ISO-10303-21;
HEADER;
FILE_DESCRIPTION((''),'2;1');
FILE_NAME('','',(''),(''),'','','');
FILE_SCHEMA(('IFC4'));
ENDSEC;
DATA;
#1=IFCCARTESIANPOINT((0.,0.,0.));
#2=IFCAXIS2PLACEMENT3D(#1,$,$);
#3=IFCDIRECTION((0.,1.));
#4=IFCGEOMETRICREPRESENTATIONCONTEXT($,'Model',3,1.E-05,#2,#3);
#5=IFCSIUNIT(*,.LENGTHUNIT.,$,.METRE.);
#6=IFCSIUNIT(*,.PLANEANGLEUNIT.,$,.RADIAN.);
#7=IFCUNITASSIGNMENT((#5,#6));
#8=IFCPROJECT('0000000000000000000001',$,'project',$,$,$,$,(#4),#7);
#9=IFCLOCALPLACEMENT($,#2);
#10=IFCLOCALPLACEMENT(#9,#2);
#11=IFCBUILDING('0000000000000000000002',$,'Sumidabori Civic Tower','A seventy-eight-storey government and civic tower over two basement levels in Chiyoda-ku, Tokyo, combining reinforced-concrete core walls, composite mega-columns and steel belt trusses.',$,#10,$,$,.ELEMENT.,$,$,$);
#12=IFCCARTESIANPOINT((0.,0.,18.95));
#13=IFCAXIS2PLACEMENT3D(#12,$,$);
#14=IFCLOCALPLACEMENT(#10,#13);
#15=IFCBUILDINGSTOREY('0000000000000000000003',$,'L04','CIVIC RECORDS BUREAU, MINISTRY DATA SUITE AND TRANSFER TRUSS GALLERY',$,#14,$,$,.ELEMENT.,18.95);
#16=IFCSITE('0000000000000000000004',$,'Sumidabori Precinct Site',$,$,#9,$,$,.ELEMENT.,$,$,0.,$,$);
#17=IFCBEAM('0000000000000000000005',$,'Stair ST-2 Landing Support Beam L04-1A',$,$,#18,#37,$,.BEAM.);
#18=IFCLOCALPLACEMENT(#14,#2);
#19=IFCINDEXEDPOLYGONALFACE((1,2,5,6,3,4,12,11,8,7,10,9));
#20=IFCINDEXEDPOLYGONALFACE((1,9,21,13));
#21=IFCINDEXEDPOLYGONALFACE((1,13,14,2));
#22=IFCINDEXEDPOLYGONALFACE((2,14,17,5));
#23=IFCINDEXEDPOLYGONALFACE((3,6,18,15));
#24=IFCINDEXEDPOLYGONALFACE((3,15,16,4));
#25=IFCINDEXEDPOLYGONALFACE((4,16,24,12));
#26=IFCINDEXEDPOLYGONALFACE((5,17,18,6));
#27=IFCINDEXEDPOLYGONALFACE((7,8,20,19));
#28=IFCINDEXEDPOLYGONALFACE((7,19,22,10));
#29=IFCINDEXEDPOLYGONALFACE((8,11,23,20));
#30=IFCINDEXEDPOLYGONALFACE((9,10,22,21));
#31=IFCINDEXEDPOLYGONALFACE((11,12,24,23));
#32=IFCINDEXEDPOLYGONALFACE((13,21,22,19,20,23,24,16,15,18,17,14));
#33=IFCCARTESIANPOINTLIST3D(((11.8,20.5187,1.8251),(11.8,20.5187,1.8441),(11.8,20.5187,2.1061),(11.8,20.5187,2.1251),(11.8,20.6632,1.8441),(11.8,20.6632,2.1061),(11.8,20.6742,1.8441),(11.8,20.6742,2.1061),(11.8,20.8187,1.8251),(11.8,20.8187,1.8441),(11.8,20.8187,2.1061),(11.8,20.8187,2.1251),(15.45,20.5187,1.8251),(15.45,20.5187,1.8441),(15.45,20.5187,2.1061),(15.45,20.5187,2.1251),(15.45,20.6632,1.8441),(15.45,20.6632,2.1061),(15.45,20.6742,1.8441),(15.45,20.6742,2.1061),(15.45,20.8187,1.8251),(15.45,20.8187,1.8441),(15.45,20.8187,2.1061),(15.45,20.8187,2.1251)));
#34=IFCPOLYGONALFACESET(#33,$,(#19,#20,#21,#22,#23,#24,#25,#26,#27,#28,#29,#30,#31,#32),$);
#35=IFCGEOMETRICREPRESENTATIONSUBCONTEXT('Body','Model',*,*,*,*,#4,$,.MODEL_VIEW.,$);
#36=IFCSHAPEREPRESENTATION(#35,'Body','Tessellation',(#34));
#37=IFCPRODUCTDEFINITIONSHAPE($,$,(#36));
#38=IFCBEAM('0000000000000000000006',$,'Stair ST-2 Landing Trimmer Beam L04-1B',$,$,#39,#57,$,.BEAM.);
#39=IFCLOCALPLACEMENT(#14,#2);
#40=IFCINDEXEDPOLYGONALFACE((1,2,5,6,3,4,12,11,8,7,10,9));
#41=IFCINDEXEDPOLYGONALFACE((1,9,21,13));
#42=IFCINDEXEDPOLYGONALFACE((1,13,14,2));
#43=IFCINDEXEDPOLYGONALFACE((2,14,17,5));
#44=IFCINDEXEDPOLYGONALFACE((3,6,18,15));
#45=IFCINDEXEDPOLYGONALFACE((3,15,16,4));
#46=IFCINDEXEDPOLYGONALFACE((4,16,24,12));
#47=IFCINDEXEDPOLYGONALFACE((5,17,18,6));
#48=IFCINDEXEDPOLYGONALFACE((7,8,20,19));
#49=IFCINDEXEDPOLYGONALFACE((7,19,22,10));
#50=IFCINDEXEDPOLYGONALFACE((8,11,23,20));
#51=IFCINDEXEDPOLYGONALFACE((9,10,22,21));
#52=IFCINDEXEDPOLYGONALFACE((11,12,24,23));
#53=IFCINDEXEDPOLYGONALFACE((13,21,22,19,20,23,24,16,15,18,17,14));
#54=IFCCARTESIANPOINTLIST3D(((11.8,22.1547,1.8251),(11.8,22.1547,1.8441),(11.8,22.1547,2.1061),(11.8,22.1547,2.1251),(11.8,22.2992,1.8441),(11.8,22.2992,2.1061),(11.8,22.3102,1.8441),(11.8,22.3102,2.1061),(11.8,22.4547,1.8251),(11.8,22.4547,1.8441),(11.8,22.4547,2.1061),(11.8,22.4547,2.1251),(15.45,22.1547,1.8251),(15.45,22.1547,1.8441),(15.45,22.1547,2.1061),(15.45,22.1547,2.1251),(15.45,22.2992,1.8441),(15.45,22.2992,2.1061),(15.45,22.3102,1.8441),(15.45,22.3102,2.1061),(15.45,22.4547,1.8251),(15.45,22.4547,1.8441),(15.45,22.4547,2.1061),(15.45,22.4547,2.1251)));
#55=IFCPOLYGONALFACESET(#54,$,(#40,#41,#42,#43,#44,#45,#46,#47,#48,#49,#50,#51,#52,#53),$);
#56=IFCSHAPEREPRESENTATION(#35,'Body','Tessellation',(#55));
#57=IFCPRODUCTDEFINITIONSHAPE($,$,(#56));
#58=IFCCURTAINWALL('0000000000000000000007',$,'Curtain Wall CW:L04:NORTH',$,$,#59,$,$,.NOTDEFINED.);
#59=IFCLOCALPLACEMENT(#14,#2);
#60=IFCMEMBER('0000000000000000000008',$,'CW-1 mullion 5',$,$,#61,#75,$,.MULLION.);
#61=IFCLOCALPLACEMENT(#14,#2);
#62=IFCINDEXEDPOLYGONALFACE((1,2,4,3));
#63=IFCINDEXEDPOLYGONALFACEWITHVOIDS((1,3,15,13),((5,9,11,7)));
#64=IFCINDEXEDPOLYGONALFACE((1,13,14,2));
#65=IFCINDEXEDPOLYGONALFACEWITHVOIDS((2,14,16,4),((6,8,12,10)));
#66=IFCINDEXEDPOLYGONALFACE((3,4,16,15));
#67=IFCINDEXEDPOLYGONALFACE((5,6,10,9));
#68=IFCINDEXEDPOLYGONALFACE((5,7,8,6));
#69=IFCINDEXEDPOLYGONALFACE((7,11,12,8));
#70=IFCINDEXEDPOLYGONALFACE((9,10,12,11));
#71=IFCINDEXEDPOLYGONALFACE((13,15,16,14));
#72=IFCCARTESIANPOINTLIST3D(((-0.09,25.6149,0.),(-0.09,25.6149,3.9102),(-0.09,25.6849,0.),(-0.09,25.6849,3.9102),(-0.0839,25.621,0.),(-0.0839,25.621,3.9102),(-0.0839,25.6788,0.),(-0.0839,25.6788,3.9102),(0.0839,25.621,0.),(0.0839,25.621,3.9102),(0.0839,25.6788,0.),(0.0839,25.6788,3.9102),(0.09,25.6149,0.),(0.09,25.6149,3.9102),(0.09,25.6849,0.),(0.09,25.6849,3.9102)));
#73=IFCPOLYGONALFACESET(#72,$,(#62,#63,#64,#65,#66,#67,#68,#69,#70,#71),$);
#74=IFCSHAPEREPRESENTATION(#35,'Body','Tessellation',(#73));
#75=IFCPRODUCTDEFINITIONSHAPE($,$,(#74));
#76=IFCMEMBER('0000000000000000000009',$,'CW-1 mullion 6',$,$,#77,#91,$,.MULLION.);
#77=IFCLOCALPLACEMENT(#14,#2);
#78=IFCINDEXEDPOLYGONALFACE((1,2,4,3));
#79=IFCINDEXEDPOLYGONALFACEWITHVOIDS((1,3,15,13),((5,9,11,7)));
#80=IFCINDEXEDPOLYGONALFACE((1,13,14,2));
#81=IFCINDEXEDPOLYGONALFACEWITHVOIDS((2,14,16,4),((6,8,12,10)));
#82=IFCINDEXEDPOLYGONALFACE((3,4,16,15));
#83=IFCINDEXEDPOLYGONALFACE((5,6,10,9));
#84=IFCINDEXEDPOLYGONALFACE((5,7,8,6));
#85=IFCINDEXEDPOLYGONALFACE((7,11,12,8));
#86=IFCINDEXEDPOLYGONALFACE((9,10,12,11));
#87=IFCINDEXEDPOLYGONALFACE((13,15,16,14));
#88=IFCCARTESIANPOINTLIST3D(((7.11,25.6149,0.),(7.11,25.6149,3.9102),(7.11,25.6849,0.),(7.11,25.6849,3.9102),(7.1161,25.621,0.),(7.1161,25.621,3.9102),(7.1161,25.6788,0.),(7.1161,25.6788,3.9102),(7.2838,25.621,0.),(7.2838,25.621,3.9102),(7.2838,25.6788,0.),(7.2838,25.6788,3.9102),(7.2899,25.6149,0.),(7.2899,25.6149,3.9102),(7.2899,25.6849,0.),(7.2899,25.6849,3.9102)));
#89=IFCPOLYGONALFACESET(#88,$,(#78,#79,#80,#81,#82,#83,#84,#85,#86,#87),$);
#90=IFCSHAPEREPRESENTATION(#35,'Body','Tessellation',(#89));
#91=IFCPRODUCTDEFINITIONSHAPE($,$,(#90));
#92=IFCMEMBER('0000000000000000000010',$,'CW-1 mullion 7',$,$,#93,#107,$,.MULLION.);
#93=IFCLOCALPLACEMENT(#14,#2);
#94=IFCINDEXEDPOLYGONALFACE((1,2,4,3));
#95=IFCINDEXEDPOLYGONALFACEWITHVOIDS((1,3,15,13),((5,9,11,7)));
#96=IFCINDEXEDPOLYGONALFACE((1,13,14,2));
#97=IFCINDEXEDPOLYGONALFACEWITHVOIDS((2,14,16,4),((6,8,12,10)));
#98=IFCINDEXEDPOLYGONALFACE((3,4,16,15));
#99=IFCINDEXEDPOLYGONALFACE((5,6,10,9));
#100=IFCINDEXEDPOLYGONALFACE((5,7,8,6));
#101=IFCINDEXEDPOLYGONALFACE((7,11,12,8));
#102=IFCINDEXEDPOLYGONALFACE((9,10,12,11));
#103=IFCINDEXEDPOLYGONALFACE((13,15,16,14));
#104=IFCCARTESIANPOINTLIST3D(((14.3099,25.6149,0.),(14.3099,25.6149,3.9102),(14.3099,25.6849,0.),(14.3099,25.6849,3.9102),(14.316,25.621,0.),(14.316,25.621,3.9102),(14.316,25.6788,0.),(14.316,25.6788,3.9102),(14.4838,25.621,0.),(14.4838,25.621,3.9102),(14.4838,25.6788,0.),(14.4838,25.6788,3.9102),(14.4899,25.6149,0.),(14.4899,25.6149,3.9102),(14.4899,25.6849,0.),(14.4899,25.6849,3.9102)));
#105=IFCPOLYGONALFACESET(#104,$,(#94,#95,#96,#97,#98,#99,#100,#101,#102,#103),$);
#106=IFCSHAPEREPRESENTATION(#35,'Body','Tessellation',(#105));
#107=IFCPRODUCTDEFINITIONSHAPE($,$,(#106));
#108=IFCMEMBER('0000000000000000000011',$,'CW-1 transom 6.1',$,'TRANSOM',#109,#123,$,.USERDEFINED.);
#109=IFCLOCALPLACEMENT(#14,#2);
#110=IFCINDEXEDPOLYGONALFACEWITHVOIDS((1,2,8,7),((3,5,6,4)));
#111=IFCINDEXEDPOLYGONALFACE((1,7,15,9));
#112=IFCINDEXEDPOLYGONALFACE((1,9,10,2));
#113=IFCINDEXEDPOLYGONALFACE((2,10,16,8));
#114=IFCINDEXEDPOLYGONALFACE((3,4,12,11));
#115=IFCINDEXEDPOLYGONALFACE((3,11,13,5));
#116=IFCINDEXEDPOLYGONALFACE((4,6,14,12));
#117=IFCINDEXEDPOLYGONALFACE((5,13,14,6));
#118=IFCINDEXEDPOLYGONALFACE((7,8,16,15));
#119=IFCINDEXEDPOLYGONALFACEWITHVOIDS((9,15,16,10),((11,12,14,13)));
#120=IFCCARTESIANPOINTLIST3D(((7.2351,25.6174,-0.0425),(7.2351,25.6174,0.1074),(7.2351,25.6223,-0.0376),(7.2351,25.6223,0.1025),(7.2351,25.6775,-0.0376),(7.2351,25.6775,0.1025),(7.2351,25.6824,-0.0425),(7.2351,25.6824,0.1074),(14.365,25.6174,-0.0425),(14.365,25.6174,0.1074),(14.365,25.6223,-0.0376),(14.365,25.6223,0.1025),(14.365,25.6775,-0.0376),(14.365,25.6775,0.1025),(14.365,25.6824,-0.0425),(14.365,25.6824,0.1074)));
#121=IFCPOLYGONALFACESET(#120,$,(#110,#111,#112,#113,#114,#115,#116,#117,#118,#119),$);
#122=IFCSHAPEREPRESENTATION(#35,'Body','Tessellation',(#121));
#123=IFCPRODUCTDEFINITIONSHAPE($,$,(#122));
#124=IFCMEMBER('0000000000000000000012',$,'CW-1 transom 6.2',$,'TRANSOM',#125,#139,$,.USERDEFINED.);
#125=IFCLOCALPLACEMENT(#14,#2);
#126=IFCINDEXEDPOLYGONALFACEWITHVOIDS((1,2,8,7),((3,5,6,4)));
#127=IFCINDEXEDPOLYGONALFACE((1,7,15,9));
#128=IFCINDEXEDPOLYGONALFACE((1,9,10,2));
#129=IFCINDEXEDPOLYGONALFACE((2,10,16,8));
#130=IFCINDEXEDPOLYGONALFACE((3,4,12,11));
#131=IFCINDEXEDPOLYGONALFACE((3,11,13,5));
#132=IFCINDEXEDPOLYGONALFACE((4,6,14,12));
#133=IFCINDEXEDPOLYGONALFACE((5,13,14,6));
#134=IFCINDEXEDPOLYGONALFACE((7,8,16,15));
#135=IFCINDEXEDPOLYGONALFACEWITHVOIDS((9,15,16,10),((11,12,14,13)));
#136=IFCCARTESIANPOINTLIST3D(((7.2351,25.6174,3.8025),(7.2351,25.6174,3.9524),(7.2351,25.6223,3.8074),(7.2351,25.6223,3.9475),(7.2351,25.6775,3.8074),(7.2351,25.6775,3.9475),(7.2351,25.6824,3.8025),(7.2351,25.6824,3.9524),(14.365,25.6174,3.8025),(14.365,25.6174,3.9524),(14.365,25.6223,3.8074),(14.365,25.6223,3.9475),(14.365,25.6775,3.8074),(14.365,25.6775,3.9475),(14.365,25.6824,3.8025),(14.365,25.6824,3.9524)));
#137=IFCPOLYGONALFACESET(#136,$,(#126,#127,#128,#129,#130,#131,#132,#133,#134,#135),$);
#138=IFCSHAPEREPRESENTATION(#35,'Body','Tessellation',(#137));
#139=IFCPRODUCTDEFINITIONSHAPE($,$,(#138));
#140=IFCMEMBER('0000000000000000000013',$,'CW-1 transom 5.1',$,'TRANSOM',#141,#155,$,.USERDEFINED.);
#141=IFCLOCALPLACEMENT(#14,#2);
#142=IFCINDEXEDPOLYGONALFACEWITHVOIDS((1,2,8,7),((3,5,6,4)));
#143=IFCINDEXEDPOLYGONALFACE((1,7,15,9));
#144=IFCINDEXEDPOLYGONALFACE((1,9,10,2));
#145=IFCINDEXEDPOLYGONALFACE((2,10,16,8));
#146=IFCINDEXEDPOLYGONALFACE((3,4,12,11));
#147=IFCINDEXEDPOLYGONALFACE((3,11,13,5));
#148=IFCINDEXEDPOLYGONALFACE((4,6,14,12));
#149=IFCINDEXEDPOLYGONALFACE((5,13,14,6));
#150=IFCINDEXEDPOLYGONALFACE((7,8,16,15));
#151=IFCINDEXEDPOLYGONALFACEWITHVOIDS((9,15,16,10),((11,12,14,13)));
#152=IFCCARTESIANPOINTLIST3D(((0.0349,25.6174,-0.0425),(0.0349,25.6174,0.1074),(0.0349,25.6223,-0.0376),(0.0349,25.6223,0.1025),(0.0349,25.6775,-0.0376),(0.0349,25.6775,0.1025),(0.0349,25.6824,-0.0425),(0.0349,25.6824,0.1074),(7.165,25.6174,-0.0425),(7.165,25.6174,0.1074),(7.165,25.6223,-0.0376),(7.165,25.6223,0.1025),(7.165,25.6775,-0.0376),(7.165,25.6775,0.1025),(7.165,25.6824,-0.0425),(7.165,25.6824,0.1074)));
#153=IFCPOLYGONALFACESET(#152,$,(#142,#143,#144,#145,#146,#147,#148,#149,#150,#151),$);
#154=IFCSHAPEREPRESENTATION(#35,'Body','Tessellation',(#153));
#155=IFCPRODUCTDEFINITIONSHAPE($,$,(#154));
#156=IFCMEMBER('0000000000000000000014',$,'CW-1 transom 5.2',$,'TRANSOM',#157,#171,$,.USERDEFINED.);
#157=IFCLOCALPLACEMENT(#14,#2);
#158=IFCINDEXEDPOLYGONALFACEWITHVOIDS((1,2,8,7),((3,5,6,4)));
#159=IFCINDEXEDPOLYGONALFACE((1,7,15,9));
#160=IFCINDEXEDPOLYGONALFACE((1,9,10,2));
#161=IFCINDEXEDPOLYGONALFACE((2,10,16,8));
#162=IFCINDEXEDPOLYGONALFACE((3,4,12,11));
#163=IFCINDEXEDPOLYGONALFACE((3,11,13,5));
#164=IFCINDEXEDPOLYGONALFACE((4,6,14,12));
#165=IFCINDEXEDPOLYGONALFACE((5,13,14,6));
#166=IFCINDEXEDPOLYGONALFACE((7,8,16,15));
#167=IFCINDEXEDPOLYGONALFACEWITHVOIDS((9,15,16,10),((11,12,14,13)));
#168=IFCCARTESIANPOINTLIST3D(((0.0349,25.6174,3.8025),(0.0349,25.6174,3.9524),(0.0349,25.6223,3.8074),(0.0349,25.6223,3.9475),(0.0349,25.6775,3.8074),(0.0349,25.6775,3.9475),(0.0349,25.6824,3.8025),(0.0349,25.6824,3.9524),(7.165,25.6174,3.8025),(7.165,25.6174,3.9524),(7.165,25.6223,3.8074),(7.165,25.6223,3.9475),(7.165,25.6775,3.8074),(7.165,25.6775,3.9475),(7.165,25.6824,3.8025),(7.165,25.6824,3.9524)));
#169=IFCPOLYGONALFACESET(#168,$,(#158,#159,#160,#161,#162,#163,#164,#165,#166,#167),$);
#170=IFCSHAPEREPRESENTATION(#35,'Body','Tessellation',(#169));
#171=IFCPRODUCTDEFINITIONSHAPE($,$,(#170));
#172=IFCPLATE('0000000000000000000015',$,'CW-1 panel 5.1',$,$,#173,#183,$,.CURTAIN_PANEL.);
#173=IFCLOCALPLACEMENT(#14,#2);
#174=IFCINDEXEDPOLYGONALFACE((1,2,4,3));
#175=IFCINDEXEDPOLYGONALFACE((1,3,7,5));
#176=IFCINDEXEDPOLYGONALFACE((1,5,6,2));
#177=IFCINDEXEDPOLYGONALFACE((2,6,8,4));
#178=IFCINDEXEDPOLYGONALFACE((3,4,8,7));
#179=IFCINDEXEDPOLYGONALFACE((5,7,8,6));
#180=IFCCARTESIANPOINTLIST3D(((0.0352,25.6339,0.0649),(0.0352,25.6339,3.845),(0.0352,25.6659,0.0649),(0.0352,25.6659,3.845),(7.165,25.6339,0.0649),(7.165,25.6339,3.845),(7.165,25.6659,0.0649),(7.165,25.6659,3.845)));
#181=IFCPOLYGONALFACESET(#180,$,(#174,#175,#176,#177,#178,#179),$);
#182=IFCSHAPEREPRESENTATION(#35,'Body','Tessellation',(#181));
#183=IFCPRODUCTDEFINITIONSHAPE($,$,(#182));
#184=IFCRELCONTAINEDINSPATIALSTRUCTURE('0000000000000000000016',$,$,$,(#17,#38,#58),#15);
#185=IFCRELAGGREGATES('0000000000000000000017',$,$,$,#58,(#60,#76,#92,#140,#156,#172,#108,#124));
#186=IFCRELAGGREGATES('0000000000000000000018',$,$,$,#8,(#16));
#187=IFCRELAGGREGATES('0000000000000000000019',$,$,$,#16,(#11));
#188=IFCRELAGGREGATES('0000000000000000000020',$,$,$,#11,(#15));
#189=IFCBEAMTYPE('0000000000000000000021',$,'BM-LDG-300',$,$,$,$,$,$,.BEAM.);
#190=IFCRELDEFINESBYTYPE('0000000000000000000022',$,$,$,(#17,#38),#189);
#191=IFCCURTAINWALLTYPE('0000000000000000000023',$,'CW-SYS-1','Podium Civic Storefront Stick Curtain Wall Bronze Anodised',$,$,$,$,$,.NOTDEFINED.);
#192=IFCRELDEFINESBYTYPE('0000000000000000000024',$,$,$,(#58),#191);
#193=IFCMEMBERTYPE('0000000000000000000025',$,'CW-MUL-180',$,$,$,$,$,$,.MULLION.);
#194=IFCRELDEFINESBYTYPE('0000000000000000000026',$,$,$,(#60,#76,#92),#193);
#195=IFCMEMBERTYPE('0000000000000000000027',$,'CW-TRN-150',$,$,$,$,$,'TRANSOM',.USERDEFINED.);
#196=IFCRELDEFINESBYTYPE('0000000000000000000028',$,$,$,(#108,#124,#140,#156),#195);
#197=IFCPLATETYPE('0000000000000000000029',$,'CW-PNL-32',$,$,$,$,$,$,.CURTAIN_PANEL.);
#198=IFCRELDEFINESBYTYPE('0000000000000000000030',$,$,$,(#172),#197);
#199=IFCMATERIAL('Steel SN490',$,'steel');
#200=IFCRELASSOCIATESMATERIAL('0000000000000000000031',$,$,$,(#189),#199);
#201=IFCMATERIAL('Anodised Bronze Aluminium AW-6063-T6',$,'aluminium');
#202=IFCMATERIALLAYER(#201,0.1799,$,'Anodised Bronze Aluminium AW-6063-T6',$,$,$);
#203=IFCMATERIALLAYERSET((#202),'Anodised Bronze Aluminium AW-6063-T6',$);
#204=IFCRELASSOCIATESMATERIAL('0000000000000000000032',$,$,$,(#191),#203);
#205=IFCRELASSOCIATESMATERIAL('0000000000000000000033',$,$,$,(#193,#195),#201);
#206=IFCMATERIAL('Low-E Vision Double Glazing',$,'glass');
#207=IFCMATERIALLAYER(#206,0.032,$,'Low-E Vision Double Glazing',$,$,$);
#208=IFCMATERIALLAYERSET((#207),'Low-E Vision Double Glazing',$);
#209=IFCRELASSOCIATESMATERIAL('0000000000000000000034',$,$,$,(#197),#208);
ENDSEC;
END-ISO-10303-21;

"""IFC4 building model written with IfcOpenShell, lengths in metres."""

from ifc_helpers import new_model, si_unit, direction, frame, origin, origin_2d, place, context, subcontext, project, spatial, rectangle, hollow_rectangle, i_section, extrude, source, transform, mapped, material, layer, layer_set, material_profile, profile_set, type_object, element, aggregate, save


model = new_model("IFC4")

# Units and contexts
model_context = context("Model", 3, precision=1e-05, world=origin(), true_north=direction((0.0, 1.0)))
body_context = subcontext(model_context, "Body", "Model", "MODEL_VIEW")
ifc_project = project(units=[si_unit("LENGTHUNIT", "METRE"), si_unit("PLANEANGLEUNIT", "RADIAN")], contexts=[model_context])

# Site, building, storey
site_placement = place(None, origin())
site = spatial("IfcSite", under=ifc_project, at=site_placement, Name="Sumidabori Precinct Site", CompositionType="ELEMENT", RefElevation=0.0)
building_placement = place(site_placement, origin())
building = spatial("IfcBuilding", under=site, at=building_placement, Name="Sumidabori Civic Tower", Description="A seventy-eight-storey government and civic tower over two basement levels in Chiyoda-ku, Tokyo, combining reinforced-concrete core walls, composite mega-columns and steel belt trusses.", CompositionType="ELEMENT")
storey_placement = place(building_placement, frame((0.0, 0.0, 18.95)))
storey = spatial("IfcBuildingStorey", under=building, at=storey_placement, Name="L04", Description="CIVIC RECORDS BUREAU, MINISTRY DATA SUITE AND TRANSFER TRUSS GALLERY", CompositionType="ELEMENT", Elevation=18.95)

# Beams
ifc_material_1 = material(Name="Steel SN490", Category="steel")
ifc_material_profile_1 = material_profile(ifc_material_1, i_section(OverallWidth=0.3, OverallDepth=0.3, WebThickness=0.011, FlangeThickness=0.019, at=origin_2d()), Name="HE 300 B")
ifc_profile_set_1 = profile_set([ifc_material_profile_1], Name="Steel SN490")
beam_type = type_object("IfcBeamType", Name="BM-LDG-300", PredefinedType="BEAM", material=ifc_profile_set_1)
shared_shape_1 = source(origin(), body_context, "Body", "SweptSolid", [
    extrude(i_section(OverallWidth=0.3, OverallDepth=0.3, WebThickness=0.011, FlangeThickness=0.019, at=origin_2d()), origin(), (0.0, 0.0, 1.0), 3.6499),
])
for number, where, z_axis, x_axis, name in (
    (1, (11.8, 20.6687, 1.9751), (1.0, 0.0, 0.0), (0.0, 1.0, 0.0), "Stair ST-2 Landing Support Beam L04-1A"),
    (2, (11.8, 22.3047, 1.9751), (1.0, 0.0, 0.0), (0.0, 1.0, 0.0), "Stair ST-2 Landing Trimmer Beam L04-1B"),
):
    element("IfcBeam", number, at=place(storey_placement, frame(where, z_axis=z_axis, x_axis=x_axis)), inside=storey, type_object=beam_type, Name=name, PredefinedType="BEAM", context=body_context, shape_type="MappedRepresentation", body=[
        mapped(shared_shape_1, transform((0.0, 0.0, 0.0), x_axis=(1.0, 0.0, 0.0), y_axis=(0.0, 1.0, 0.0), z_axis=(0.0, 0.0, 1.0), scale=1.0)),
    ])

# Curtain wall, members, plate
ifc_material_2 = material(Name="Anodised Bronze Aluminium AW-6063-T6", Category="aluminium")
ifc_layer_1 = layer(ifc_material_2, 0.1799, Name="Anodised Bronze Aluminium AW-6063-T6")
ifc_layer_set_1 = layer_set([ifc_layer_1], Name="Anodised Bronze Aluminium AW-6063-T6")
curtain_wall_type = type_object("IfcCurtainWallType", Name="CW-SYS-1", Description="Podium Civic Storefront Stick Curtain Wall Bronze Anodised", PredefinedType="NOTDEFINED", material=ifc_layer_set_1)
curtain_wall_placement = place(storey_placement, origin())
curtain_wall = element("IfcCurtainWall", 3, at=curtain_wall_placement, inside=storey, type_object=curtain_wall_type, Name="Curtain Wall CW:L04:NORTH", PredefinedType="NOTDEFINED")
ifc_material_profile_2 = material_profile(ifc_material_2, hollow_rectangle(XDim=0.0701, YDim=0.1799, WallThickness=0.0061, at=origin_2d()), Name="ALU MULLION 180x70")
ifc_profile_set_2 = profile_set([ifc_material_profile_2], Name="Anodised Bronze Aluminium AW-6063-T6")
member_type_1 = type_object("IfcMemberType", Name="CW-MUL-180", PredefinedType="MULLION", material=ifc_profile_set_2)
shared_shape_2 = source(origin(), body_context, "Body", "SweptSolid", [
    extrude(hollow_rectangle(XDim=0.0701, YDim=0.1799, WallThickness=0.0061, at=origin_2d()), origin(), (0.0, 0.0, 1.0), 3.9102),
])
member_1_placement = place(storey_placement, frame((0.0, 25.6499, 0.0), z_axis=(0.0, 0.0, 1.0), x_axis=(0.0, 1.0, 0.0)))
member_1 = element("IfcMember", 4, at=member_1_placement, type_object=member_type_1, Name="CW-1 mullion 5", PredefinedType="MULLION", context=body_context, shape_type="MappedRepresentation", body=[
    mapped(shared_shape_2, transform((0.0, 0.0, 0.0), x_axis=(1.0, 0.0, 0.0), y_axis=(0.0, 1.0, 0.0), z_axis=(0.0, 0.0, 1.0), scale=1.0)),
])
member_2_placement = place(storey_placement, frame((7.2, 25.6499, 0.0), z_axis=(0.0, 0.0, 1.0), x_axis=(0.0, 1.0, 0.0)))
member_2 = element("IfcMember", 5, at=member_2_placement, type_object=member_type_1, Name="CW-1 mullion 6", PredefinedType="MULLION", context=body_context, shape_type="MappedRepresentation", body=[
    mapped(shared_shape_2, transform((0.0, 0.0, 0.0), x_axis=(1.0, 0.0, 0.0), y_axis=(0.0, 1.0, 0.0), z_axis=(0.0, 0.0, 1.0), scale=1.0)),
])
member_3_placement = place(storey_placement, frame((14.3999, 25.6499, 0.0), z_axis=(0.0, 0.0, 1.0), x_axis=(0.0, 1.0, 0.0)))
member_3 = element("IfcMember", 6, at=member_3_placement, type_object=member_type_1, Name="CW-1 mullion 7", PredefinedType="MULLION", context=body_context, shape_type="MappedRepresentation", body=[
    mapped(shared_shape_2, transform((0.0, 0.0, 0.0), x_axis=(1.0, 0.0, 0.0), y_axis=(0.0, 1.0, 0.0), z_axis=(0.0, 0.0, 1.0), scale=1.0)),
])
ifc_material_profile_3 = material_profile(ifc_material_2, hollow_rectangle(XDim=0.0649, YDim=0.1499, WallThickness=0.0049, at=origin_2d()), Name="ALU TRANSOM 150x65")
ifc_profile_set_3 = profile_set([ifc_material_profile_3], Name="Anodised Bronze Aluminium AW-6063-T6")
member_type_2 = type_object("IfcMemberType", Name="CW-TRN-150", ElementType="TRANSOM", PredefinedType="USERDEFINED", material=ifc_profile_set_3)
shared_shape_3 = source(origin(), body_context, "Body", "SweptSolid", [
    extrude(hollow_rectangle(XDim=0.0649, YDim=0.1499, WallThickness=0.0049, at=origin_2d()), origin(), (0.0, 0.0, 1.0), 7.1299),
])
member_4_placement = place(storey_placement, frame((7.2351, 25.6499, 0.0325), z_axis=(1.0, 0.0, 0.0), x_axis=(0.0, 1.0, 0.0)))
member_4 = element("IfcMember", 7, at=member_4_placement, type_object=member_type_2, Name="CW-1 transom 6.1", ObjectType="TRANSOM", PredefinedType="USERDEFINED", context=body_context, shape_type="MappedRepresentation", body=[
    mapped(shared_shape_3, transform((0.0, 0.0, 0.0), x_axis=(1.0, 0.0, 0.0), y_axis=(0.0, 1.0, 0.0), z_axis=(0.0, 0.0, 1.0), scale=1.0)),
])
member_5_placement = place(storey_placement, frame((7.2351, 25.6499, 3.8774), z_axis=(1.0, 0.0, 0.0), x_axis=(0.0, 1.0, 0.0)))
member_5 = element("IfcMember", 8, at=member_5_placement, type_object=member_type_2, Name="CW-1 transom 6.2", ObjectType="TRANSOM", PredefinedType="USERDEFINED", context=body_context, shape_type="MappedRepresentation", body=[
    mapped(shared_shape_3, transform((0.0, 0.0, 0.0), x_axis=(1.0, 0.0, 0.0), y_axis=(0.0, 1.0, 0.0), z_axis=(0.0, 0.0, 1.0), scale=1.0)),
])
shared_shape_4 = source(origin(), body_context, "Body", "SweptSolid", [
    extrude(hollow_rectangle(XDim=0.0649, YDim=0.1499, WallThickness=0.0049, at=origin_2d()), origin(), (0.0, 0.0, 1.0), 7.1301),
])
member_6_placement = place(storey_placement, frame((0.0349, 25.6499, 0.0325), z_axis=(1.0, 0.0, 0.0), x_axis=(0.0, 1.0, 0.0)))
member_6 = element("IfcMember", 9, at=member_6_placement, type_object=member_type_2, Name="CW-1 transom 5.1", ObjectType="TRANSOM", PredefinedType="USERDEFINED", context=body_context, shape_type="MappedRepresentation", body=[
    mapped(shared_shape_4, transform((0.0, 0.0, 0.0), x_axis=(1.0, 0.0, 0.0), y_axis=(0.0, 1.0, 0.0), z_axis=(0.0, 0.0, 1.0), scale=1.0)),
])
member_7_placement = place(storey_placement, frame((0.0349, 25.6499, 3.8774), z_axis=(1.0, 0.0, 0.0), x_axis=(0.0, 1.0, 0.0)))
member_7 = element("IfcMember", 10, at=member_7_placement, type_object=member_type_2, Name="CW-1 transom 5.2", ObjectType="TRANSOM", PredefinedType="USERDEFINED", context=body_context, shape_type="MappedRepresentation", body=[
    mapped(shared_shape_4, transform((0.0, 0.0, 0.0), x_axis=(1.0, 0.0, 0.0), y_axis=(0.0, 1.0, 0.0), z_axis=(0.0, 0.0, 1.0), scale=1.0)),
])
ifc_material_3 = material(Name="Low-E Vision Double Glazing", Category="glass")
ifc_layer_2 = layer(ifc_material_3, 0.032, Name="Low-E Vision Double Glazing")
ifc_layer_set_2 = layer_set([ifc_layer_2], Name="Low-E Vision Double Glazing")
plate_type = type_object("IfcPlateType", Name="CW-PNL-32", PredefinedType="CURTAIN_PANEL", material=ifc_layer_set_2)
shared_shape_5 = source(origin(), body_context, "Body", "SweptSolid", [
    extrude(rectangle(XDim=7.1299, YDim=0.032, at=origin_2d()), origin(), (0.0, 0.0, 1.0), 3.78),
])
plate_1_placement = place(storey_placement, frame((3.6001, 25.6499, 0.0649), z_axis=(0.0, 0.0, 1.0), x_axis=(1.0, 0.0, 0.0)))
plate_1 = element("IfcPlate", 11, at=plate_1_placement, type_object=plate_type, Name="CW-1 panel 5.1", PredefinedType="CURTAIN_PANEL", context=body_context, shape_type="MappedRepresentation", body=[
    mapped(shared_shape_5, transform((0.0, 0.0, 0.0), x_axis=(1.0, 0.0, 0.0), y_axis=(0.0, 1.0, 0.0), z_axis=(0.0, 0.0, 1.0), scale=1.0)),
])
aggregate(curtain_wall, [member_1, member_2, member_3, member_6, member_7, plate_1, member_4, member_5])

save(model, "model.ifc")
